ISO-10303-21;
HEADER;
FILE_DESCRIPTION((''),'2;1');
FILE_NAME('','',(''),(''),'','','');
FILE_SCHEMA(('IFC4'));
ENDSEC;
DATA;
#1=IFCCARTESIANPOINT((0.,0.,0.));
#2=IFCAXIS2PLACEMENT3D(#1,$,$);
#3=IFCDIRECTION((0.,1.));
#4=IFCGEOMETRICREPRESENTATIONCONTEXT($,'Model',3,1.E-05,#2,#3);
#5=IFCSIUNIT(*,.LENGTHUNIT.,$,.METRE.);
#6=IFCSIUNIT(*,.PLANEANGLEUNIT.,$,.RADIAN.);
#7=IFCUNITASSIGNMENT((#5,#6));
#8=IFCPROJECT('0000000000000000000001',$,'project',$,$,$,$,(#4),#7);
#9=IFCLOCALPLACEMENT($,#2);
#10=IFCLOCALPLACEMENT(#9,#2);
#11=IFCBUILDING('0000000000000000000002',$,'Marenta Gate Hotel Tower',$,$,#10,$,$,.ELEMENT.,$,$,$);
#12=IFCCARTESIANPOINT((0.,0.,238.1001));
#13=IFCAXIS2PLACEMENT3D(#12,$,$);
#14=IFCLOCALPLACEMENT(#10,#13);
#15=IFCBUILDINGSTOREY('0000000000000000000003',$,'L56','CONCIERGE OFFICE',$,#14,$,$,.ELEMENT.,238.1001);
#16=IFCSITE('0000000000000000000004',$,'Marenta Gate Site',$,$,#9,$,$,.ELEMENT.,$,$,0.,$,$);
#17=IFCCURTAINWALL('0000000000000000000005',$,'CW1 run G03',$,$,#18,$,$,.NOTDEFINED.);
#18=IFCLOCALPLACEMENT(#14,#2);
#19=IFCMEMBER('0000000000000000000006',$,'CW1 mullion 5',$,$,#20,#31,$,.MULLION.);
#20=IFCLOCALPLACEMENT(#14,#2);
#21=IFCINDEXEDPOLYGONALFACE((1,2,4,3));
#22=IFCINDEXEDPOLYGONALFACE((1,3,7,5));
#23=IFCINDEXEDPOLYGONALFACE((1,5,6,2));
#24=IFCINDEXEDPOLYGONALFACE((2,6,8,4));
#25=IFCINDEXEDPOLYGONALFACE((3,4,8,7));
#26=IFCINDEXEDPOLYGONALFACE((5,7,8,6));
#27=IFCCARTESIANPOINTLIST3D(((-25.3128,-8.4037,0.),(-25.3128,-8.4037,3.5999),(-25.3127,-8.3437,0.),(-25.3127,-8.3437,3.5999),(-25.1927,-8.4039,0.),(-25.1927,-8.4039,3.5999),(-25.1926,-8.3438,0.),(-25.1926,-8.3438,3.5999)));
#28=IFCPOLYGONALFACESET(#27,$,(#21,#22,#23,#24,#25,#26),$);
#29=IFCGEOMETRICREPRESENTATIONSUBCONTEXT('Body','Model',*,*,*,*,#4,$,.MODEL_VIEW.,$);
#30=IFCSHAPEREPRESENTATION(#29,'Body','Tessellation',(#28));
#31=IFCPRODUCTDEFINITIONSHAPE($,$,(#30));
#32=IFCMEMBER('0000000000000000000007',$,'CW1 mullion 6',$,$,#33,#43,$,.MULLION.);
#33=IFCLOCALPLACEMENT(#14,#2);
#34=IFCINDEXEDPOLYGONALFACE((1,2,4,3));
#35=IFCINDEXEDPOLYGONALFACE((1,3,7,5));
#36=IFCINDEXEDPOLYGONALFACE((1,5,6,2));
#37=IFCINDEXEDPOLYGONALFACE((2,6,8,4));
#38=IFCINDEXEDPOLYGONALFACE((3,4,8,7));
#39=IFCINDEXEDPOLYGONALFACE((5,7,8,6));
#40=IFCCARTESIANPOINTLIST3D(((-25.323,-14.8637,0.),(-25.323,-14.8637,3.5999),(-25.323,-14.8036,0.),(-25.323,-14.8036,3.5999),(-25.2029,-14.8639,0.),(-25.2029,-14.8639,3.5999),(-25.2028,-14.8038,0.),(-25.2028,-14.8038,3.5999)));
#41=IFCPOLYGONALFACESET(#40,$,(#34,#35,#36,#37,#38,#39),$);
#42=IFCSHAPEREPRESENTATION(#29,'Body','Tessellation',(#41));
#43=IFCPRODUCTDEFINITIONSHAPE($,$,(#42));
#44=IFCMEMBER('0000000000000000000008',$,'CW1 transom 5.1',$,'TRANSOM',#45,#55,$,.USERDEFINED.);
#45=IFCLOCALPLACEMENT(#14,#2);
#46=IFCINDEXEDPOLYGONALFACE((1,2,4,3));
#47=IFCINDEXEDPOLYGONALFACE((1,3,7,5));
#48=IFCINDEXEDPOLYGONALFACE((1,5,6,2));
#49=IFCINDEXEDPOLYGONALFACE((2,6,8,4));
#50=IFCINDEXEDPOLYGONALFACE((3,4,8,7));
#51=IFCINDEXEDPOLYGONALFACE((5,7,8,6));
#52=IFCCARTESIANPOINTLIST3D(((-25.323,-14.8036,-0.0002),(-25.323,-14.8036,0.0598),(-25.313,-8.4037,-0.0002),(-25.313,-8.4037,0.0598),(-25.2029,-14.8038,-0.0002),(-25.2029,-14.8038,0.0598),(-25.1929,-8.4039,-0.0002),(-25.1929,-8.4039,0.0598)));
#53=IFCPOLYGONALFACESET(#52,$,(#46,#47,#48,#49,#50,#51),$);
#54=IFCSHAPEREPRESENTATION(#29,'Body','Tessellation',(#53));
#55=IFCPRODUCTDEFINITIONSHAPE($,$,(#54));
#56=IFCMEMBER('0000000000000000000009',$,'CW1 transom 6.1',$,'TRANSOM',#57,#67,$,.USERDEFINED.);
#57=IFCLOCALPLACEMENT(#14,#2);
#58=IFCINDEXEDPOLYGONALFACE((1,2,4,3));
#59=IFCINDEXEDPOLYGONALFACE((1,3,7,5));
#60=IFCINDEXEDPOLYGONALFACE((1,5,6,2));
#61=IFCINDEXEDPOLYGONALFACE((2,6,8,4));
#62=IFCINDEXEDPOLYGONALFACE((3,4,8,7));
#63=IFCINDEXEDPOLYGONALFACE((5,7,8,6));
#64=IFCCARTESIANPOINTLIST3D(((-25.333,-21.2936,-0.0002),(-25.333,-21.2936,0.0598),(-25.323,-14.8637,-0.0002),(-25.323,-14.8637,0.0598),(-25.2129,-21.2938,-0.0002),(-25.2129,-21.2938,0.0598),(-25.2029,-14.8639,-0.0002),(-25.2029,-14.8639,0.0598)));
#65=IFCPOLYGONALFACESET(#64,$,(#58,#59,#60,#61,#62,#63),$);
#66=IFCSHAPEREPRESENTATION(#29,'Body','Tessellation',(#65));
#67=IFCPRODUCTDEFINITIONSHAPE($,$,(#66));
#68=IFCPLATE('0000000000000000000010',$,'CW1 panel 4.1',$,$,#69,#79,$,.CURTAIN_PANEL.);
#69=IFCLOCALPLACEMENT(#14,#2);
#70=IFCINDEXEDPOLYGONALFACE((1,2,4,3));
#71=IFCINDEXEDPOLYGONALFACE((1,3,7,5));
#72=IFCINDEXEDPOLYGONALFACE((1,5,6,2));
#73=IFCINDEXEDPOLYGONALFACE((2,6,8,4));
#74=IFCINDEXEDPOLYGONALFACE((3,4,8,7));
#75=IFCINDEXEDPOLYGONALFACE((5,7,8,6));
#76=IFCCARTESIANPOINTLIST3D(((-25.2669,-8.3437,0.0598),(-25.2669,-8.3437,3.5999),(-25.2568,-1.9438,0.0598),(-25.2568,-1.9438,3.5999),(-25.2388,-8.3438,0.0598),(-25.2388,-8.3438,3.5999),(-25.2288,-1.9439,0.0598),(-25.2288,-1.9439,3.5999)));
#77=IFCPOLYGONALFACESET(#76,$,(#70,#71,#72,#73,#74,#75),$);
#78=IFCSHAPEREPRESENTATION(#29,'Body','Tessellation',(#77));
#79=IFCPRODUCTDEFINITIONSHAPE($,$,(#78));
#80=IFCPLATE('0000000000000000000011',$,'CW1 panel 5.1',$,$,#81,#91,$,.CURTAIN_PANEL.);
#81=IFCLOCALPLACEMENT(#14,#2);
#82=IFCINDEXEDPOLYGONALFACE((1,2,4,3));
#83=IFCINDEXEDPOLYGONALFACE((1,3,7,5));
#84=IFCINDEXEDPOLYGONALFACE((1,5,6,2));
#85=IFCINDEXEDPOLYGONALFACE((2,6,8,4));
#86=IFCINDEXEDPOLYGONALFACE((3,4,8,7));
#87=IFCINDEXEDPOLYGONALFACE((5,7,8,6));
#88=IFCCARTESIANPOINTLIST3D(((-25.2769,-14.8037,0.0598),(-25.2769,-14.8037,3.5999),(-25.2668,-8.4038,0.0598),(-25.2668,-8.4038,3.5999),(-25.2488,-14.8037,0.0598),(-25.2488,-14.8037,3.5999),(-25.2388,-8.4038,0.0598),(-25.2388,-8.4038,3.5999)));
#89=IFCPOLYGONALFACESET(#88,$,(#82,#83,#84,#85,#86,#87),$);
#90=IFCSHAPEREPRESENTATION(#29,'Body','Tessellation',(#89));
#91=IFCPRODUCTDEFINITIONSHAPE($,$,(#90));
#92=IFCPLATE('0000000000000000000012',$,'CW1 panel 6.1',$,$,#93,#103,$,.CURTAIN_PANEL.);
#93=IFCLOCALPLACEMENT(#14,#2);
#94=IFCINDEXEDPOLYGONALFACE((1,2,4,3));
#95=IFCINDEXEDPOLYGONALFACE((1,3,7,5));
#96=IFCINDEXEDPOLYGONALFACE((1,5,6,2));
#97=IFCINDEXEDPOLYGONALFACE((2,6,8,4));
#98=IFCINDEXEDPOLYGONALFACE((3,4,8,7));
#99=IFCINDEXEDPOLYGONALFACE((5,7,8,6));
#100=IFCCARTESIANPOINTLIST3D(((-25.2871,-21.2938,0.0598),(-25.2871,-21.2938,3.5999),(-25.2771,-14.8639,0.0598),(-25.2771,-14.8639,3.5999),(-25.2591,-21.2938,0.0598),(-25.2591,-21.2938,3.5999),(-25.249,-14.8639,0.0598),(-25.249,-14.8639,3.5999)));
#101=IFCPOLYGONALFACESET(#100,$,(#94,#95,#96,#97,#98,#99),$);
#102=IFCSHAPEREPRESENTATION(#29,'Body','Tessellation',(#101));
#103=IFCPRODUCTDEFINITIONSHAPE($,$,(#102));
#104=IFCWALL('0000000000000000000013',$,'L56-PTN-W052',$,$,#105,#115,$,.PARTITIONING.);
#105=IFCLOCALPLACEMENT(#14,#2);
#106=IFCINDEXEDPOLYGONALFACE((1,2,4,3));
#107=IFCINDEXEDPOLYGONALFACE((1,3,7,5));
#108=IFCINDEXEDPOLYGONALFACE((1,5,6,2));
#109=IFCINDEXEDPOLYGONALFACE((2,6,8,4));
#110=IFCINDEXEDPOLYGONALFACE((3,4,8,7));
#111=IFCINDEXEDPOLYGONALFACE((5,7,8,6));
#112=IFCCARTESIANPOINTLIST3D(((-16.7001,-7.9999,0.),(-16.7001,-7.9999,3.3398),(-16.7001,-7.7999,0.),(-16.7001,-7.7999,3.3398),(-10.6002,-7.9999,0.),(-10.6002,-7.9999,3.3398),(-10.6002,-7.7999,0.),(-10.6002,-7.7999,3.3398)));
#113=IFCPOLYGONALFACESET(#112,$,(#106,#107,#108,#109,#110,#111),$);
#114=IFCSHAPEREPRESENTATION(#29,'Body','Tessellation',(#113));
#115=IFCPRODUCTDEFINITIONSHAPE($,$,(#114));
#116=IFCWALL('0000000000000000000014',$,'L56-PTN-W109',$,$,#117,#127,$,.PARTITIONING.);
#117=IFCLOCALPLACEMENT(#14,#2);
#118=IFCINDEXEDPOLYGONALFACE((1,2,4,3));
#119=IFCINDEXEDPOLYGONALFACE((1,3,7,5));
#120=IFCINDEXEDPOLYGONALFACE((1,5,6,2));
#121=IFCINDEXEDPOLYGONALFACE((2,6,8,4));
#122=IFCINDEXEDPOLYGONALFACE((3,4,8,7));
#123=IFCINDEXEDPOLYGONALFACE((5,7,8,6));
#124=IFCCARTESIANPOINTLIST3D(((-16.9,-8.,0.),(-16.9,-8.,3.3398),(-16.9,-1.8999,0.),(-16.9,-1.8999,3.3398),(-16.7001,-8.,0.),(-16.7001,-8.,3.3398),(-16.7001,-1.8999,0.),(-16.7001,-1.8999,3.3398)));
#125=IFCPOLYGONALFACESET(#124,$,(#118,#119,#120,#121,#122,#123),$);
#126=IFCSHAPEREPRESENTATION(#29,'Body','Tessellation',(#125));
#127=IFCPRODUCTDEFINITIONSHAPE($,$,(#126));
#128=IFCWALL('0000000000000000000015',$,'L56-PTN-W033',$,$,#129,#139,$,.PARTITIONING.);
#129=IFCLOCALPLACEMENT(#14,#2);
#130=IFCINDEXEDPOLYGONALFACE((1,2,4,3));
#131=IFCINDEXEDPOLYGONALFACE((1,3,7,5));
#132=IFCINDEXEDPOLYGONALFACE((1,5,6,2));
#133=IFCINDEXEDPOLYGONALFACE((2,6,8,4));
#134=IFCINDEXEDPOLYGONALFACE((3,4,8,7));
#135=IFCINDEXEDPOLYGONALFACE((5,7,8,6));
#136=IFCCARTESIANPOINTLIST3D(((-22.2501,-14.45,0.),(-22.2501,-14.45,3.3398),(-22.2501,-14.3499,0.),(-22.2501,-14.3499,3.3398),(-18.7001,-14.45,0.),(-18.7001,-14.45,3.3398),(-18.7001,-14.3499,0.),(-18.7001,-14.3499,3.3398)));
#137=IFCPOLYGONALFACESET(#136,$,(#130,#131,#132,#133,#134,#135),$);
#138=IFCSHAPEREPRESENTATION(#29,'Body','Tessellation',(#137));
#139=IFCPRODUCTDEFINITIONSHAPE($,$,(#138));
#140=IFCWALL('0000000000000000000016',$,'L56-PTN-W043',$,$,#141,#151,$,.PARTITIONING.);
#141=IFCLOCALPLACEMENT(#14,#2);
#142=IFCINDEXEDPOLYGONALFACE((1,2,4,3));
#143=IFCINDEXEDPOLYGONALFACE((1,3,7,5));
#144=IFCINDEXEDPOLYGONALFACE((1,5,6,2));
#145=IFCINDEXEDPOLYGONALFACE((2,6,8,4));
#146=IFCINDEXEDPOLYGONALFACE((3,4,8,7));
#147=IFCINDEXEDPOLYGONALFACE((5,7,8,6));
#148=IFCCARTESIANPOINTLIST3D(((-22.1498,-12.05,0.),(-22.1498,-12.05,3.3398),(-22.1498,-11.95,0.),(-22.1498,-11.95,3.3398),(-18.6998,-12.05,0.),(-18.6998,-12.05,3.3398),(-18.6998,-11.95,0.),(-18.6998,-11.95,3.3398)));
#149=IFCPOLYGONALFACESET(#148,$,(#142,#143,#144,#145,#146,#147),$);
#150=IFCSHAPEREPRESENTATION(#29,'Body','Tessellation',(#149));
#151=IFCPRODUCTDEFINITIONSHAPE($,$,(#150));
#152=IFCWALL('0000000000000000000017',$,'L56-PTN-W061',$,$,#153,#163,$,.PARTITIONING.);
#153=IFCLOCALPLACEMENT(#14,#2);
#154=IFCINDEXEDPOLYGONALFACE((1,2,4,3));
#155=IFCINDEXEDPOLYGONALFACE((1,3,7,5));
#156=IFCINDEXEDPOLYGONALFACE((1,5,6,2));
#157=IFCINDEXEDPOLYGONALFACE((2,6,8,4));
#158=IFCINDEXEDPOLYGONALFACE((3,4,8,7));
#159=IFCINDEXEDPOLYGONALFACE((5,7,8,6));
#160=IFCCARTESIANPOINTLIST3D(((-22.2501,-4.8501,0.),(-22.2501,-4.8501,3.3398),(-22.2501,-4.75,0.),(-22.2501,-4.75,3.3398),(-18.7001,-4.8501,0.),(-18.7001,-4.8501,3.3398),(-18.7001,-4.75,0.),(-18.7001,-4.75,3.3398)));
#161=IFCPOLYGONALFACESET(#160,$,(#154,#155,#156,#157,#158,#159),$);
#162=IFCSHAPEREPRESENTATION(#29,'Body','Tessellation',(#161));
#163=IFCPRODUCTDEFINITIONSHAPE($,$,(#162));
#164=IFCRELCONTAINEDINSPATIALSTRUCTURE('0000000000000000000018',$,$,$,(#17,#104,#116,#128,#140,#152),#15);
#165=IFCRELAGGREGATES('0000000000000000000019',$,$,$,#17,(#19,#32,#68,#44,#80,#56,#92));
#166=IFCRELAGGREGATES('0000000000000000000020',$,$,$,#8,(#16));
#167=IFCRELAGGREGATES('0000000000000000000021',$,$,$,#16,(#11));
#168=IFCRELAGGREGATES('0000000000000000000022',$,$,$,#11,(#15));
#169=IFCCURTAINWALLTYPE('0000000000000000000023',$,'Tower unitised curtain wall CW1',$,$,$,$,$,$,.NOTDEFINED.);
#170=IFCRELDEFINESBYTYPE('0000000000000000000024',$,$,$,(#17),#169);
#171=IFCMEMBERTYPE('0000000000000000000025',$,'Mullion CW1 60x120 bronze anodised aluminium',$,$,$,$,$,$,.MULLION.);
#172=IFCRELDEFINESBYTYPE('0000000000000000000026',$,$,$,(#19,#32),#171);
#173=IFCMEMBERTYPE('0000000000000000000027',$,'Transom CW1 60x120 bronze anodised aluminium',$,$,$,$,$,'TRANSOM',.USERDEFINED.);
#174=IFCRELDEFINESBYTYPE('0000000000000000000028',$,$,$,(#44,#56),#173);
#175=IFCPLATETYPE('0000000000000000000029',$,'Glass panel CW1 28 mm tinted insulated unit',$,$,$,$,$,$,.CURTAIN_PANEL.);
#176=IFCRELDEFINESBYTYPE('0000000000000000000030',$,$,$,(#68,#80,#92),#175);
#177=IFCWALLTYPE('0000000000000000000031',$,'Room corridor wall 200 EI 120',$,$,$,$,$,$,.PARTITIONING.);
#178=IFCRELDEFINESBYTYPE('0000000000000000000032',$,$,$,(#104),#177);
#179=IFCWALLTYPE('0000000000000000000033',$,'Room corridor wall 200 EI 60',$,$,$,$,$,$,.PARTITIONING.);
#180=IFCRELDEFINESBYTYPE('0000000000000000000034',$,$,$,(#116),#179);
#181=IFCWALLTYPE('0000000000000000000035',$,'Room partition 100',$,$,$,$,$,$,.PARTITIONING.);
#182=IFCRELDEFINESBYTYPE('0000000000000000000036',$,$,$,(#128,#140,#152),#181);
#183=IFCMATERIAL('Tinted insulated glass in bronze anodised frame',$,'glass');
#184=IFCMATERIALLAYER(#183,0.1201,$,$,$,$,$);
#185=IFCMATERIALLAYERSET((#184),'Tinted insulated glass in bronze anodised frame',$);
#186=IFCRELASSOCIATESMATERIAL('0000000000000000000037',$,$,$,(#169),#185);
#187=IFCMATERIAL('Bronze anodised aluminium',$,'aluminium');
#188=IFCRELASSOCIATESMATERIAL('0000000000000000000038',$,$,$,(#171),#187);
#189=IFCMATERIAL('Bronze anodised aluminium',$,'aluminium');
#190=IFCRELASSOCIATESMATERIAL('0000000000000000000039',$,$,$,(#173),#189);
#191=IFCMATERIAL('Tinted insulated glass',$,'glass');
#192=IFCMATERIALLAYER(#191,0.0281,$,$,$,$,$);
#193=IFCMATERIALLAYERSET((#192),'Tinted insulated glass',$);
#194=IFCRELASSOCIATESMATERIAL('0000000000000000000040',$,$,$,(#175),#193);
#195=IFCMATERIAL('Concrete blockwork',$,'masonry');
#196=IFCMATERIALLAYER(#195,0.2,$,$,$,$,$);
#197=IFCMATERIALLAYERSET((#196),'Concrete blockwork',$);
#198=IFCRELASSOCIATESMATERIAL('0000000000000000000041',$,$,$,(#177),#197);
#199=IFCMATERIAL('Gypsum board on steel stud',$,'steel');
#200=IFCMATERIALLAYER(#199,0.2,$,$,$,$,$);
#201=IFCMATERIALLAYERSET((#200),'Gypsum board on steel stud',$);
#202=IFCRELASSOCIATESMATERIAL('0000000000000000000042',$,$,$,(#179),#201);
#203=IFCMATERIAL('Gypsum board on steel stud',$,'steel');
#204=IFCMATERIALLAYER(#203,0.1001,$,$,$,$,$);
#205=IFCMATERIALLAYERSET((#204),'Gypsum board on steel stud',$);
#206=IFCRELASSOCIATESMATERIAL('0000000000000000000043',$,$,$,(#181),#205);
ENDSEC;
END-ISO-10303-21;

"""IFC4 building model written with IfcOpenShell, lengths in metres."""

from ifc_helpers import new_model, si_unit, direction, frame, frame_2d, origin, origin_2d, place, context, subcontext, project, spatial, rectangle, extrude, material, layer, layer_set, material_profile, profile_set, type_object, element, aggregate, save


model = new_model("IFC4")

# Units and contexts
model_context = context("Model", 3, precision=1e-05, world=origin(), true_north=direction((0.0, 1.0)))
body_context = subcontext(model_context, "Body", "Model", "MODEL_VIEW")
ifc_project = project(units=[si_unit("LENGTHUNIT", "METRE"), si_unit("PLANEANGLEUNIT", "RADIAN")], contexts=[model_context])

# Site, building, storey
site_placement = place(None, origin())
site = spatial("IfcSite", under=ifc_project, at=site_placement, Name="Marenta Gate Site", CompositionType="ELEMENT", RefElevation=0.0)
building_placement = place(site_placement, origin())
building = spatial("IfcBuilding", under=site, at=building_placement, Name="Marenta Gate Hotel Tower", CompositionType="ELEMENT")
storey_placement = place(building_placement, frame((0.0, 0.0, 238.1001)))
storey = spatial("IfcBuildingStorey", under=building, at=storey_placement, Name="L56", Description="CONCIERGE OFFICE", CompositionType="ELEMENT", Elevation=238.1001)

# Curtain wall, members, plates
ifc_material_1 = material(Name="Tinted insulated glass in bronze anodised frame", Category="glass")
ifc_layer_1 = layer(ifc_material_1, 0.1201)
ifc_layer_set_1 = layer_set([ifc_layer_1], Name="Tinted insulated glass in bronze anodised frame")
curtain_wall_type = type_object("IfcCurtainWallType", Name="Tower unitised curtain wall CW1", PredefinedType="NOTDEFINED", material=ifc_layer_set_1)
curtain_wall_placement = place(storey_placement, origin())
curtain_wall = element("IfcCurtainWall", 1, at=curtain_wall_placement, inside=storey, type_object=curtain_wall_type, Name="CW1 run G03", PredefinedType="NOTDEFINED")
ifc_material_2 = material(Name="Bronze anodised aluminium", Category="aluminium")
ifc_material_profile_1 = material_profile(ifc_material_2, rectangle(XDim=0.1201, YDim=0.0601, at=origin_2d()), Name="Mullion CW1 60x120 bronze anodised aluminium")
ifc_profile_set_1 = profile_set([ifc_material_profile_1], Name="Bronze anodised aluminium")
member_type_1 = type_object("IfcMemberType", Name="Mullion CW1 60x120 bronze anodised aluminium", PredefinedType="MULLION", material=ifc_profile_set_1)
member_1_placement = place(storey_placement, frame((-25.2527, -8.3738, 0.0), z_axis=(0.0, 0.0, 1.0), x_axis=(0.999999, -0.001566, 0.0)))
member_1 = element("IfcMember", 2, at=member_1_placement, type_object=member_type_1, Name="CW1 mullion 5", PredefinedType="MULLION", context=body_context, shape_type="SweptSolid", body=[
    extrude(rectangle(XDim=0.1201, YDim=0.0601, at=origin_2d()), origin(), (0.0, 0.0, 1.0), 3.5999),
])
member_2_placement = place(storey_placement, frame((-25.2629, -14.8337, 0.0), z_axis=(0.0, 0.0, 1.0), x_axis=(0.999999, -0.001566, 0.0)))
member_2 = element("IfcMember", 3, at=member_2_placement, type_object=member_type_1, Name="CW1 mullion 6", PredefinedType="MULLION", context=body_context, shape_type="SweptSolid", body=[
    extrude(rectangle(XDim=0.1201, YDim=0.0601, at=origin_2d()), origin(), (0.0, 0.0, 1.0), 3.5999),
])
ifc_material_3 = material(Name="Bronze anodised aluminium", Category="aluminium")
ifc_material_profile_2 = material_profile(ifc_material_3, rectangle(XDim=0.1201, YDim=0.0601, at=origin_2d()), Name="Transom CW1 60x120 bronze anodised aluminium")
ifc_profile_set_2 = profile_set([ifc_material_profile_2], Name="Bronze anodised aluminium")
member_type_2 = type_object("IfcMemberType", Name="Transom CW1 60x120 bronze anodised aluminium", ElementType="TRANSOM", PredefinedType="USERDEFINED", material=ifc_profile_set_2)
member_3_placement = place(storey_placement, frame((-25.2529, -8.4038, 0.0298), z_axis=(-0.001564, -0.999999, 0.0), x_axis=(0.999999, -0.001564, 0.0)))
member_3 = element("IfcMember", 4, at=member_3_placement, type_object=member_type_2, Name="CW1 transom 5.1", ObjectType="TRANSOM", PredefinedType="USERDEFINED", context=body_context, shape_type="SweptSolid", body=[
    extrude(rectangle(XDim=0.1201, YDim=0.0601, at=origin_2d()), origin(), (0.0, 0.0, 1.0), 6.3999),
])
member_4_placement = place(storey_placement, frame((-25.2629, -14.8638, 0.0298), z_axis=(-0.001557, -0.999999, 0.0), x_axis=(0.999999, -0.001557, 0.0)))
member_4 = element("IfcMember", 5, at=member_4_placement, type_object=member_type_2, Name="CW1 transom 6.1", ObjectType="TRANSOM", PredefinedType="USERDEFINED", context=body_context, shape_type="SweptSolid", body=[
    extrude(rectangle(XDim=0.1201, YDim=0.0601, at=origin_2d()), origin(), (0.0, 0.0, 1.0), 6.4299),
])
ifc_material_4 = material(Name="Tinted insulated glass", Category="glass")
ifc_layer_2 = layer(ifc_material_4, 0.0281)
ifc_layer_set_2 = layer_set([ifc_layer_2], Name="Tinted insulated glass")
plate_type = type_object("IfcPlateType", Name="Glass panel CW1 28 mm tinted insulated unit", PredefinedType="CURTAIN_PANEL", material=ifc_layer_set_2)
plate_1_placement = place(storey_placement, frame((-25.2478, -5.1438, 0.0598), z_axis=(0.0, 0.0, 1.0), x_axis=(-0.001566, -0.999999, 0.0)))
plate_1 = element("IfcPlate", 6, at=plate_1_placement, type_object=plate_type, Name="CW1 panel 4.1", PredefinedType="CURTAIN_PANEL", context=body_context, shape_type="SweptSolid", body=[
    extrude(rectangle(XDim=6.3999, YDim=0.0281, at=origin_2d()), origin(), (0.0, 0.0, 1.0), 3.54),
])
plate_2_placement = place(storey_placement, frame((-25.2578, -11.6038, 0.0598), z_axis=(0.0, 0.0, 1.0), x_axis=(-0.001566, -0.999999, 0.0)))
plate_2 = element("IfcPlate", 7, at=plate_2_placement, type_object=plate_type, Name="CW1 panel 5.1", PredefinedType="CURTAIN_PANEL", context=body_context, shape_type="SweptSolid", body=[
    extrude(rectangle(XDim=6.3999, YDim=0.0281, at=origin_2d()), origin(), (0.0, 0.0, 1.0), 3.54),
])
plate_3_placement = place(storey_placement, frame((-25.2681, -18.0789, 0.0598), z_axis=(0.0, 0.0, 1.0), x_axis=(-0.001566, -0.999999, 0.0)))
plate_3 = element("IfcPlate", 8, at=plate_3_placement, type_object=plate_type, Name="CW1 panel 6.1", PredefinedType="CURTAIN_PANEL", context=body_context, shape_type="SweptSolid", body=[
    extrude(rectangle(XDim=6.4299, YDim=0.0281, at=origin_2d()), origin(), (0.0, 0.0, 1.0), 3.54),
])
aggregate(curtain_wall, [member_1, member_2, plate_1, member_3, plate_2, member_4, plate_3])

# Wall
ifc_material_5 = material(Name="Concrete blockwork", Category="masonry")
ifc_layer_3 = layer(ifc_material_5, 0.2)
ifc_layer_set_3 = layer_set([ifc_layer_3], Name="Concrete blockwork")
wall_type_1 = type_object("IfcWallType", Name="Room corridor wall 200 EI 120", PredefinedType="PARTITIONING", material=ifc_layer_set_3)
wall_1_placement = place(storey_placement, frame((-16.7, -7.8999, 0.0), z_axis=(0.0, 0.0, 1.0), x_axis=(1.0, 0.0, 0.0)))
element("IfcWall", 9, at=wall_1_placement, inside=storey, type_object=wall_type_1, Name="L56-PTN-W052", PredefinedType="PARTITIONING", context=body_context, shape_type="SweptSolid", body=[
    extrude(rectangle(XDim=6.0999, YDim=0.2, at=frame_2d((3.0498, 0.0))), origin(), (0.0, 0.0, 1.0), 3.3398),
])

# Shared definitions
ifc_material_6 = material(Name="Gypsum board on steel stud", Category="steel")
ifc_layer_4 = layer(ifc_material_6, 0.2)
ifc_layer_set_4 = layer_set([ifc_layer_4], Name="Gypsum board on steel stud")
wall_type_2 = type_object("IfcWallType", Name="Room corridor wall 200 EI 60", PredefinedType="PARTITIONING", material=ifc_layer_set_4)

# Walls
wall_2_placement = place(storey_placement, frame((-16.8, -8.0, 0.0), z_axis=(0.0, 0.0, 1.0), x_axis=(0.0, 1.0, 0.0)))
element("IfcWall", 10, at=wall_2_placement, inside=storey, type_object=wall_type_2, Name="L56-PTN-W109", PredefinedType="PARTITIONING", context=body_context, shape_type="SweptSolid", body=[
    extrude(rectangle(XDim=6.1001, YDim=0.2, at=frame_2d((3.05, 0.0))), origin(), (0.0, 0.0, 1.0), 3.3398),
])
ifc_material_7 = material(Name="Gypsum board on steel stud", Category="steel")
ifc_layer_5 = layer(ifc_material_7, 0.1001)
ifc_layer_set_5 = layer_set([ifc_layer_5], Name="Gypsum board on steel stud")
wall_type_3 = type_object("IfcWallType", Name="Room partition 100", PredefinedType="PARTITIONING", material=ifc_layer_set_5)
wall_3_placement = place(storey_placement, frame((-22.25, -14.3999, 0.0), z_axis=(0.0, 0.0, 1.0), x_axis=(1.0, 0.0, 0.0)))
element("IfcWall", 11, at=wall_3_placement, inside=storey, type_object=wall_type_3, Name="L56-PTN-W033", PredefinedType="PARTITIONING", context=body_context, shape_type="SweptSolid", body=[
    extrude(rectangle(XDim=3.55, YDim=0.1001, at=frame_2d((1.7749, 0.0))), origin(), (0.0, 0.0, 1.0), 3.3398),
])
wall_4_placement = place(storey_placement, frame((-22.1499, -12.0, 0.0), z_axis=(0.0, 0.0, 1.0), x_axis=(1.0, 0.0, 0.0)))
element("IfcWall", 12, at=wall_4_placement, inside=storey, type_object=wall_type_3, Name="L56-PTN-W043", PredefinedType="PARTITIONING", context=body_context, shape_type="SweptSolid", body=[
    extrude(rectangle(XDim=3.45, YDim=0.1001, at=frame_2d((1.7251, 0.0))), origin(), (0.0, 0.0, 1.0), 3.3398),
])
wall_5_placement = place(storey_placement, frame((-22.25, -4.8, 0.0), z_axis=(0.0, 0.0, 1.0), x_axis=(1.0, 0.0, 0.0)))
element("IfcWall", 13, at=wall_5_placement, inside=storey, type_object=wall_type_3, Name="L56-PTN-W061", PredefinedType="PARTITIONING", context=body_context, shape_type="SweptSolid", body=[
    extrude(rectangle(XDim=3.55, YDim=0.1001, at=frame_2d((1.7749, 0.0))), origin(), (0.0, 0.0, 1.0), 3.3398),
])

save(model, "model.ifc")
